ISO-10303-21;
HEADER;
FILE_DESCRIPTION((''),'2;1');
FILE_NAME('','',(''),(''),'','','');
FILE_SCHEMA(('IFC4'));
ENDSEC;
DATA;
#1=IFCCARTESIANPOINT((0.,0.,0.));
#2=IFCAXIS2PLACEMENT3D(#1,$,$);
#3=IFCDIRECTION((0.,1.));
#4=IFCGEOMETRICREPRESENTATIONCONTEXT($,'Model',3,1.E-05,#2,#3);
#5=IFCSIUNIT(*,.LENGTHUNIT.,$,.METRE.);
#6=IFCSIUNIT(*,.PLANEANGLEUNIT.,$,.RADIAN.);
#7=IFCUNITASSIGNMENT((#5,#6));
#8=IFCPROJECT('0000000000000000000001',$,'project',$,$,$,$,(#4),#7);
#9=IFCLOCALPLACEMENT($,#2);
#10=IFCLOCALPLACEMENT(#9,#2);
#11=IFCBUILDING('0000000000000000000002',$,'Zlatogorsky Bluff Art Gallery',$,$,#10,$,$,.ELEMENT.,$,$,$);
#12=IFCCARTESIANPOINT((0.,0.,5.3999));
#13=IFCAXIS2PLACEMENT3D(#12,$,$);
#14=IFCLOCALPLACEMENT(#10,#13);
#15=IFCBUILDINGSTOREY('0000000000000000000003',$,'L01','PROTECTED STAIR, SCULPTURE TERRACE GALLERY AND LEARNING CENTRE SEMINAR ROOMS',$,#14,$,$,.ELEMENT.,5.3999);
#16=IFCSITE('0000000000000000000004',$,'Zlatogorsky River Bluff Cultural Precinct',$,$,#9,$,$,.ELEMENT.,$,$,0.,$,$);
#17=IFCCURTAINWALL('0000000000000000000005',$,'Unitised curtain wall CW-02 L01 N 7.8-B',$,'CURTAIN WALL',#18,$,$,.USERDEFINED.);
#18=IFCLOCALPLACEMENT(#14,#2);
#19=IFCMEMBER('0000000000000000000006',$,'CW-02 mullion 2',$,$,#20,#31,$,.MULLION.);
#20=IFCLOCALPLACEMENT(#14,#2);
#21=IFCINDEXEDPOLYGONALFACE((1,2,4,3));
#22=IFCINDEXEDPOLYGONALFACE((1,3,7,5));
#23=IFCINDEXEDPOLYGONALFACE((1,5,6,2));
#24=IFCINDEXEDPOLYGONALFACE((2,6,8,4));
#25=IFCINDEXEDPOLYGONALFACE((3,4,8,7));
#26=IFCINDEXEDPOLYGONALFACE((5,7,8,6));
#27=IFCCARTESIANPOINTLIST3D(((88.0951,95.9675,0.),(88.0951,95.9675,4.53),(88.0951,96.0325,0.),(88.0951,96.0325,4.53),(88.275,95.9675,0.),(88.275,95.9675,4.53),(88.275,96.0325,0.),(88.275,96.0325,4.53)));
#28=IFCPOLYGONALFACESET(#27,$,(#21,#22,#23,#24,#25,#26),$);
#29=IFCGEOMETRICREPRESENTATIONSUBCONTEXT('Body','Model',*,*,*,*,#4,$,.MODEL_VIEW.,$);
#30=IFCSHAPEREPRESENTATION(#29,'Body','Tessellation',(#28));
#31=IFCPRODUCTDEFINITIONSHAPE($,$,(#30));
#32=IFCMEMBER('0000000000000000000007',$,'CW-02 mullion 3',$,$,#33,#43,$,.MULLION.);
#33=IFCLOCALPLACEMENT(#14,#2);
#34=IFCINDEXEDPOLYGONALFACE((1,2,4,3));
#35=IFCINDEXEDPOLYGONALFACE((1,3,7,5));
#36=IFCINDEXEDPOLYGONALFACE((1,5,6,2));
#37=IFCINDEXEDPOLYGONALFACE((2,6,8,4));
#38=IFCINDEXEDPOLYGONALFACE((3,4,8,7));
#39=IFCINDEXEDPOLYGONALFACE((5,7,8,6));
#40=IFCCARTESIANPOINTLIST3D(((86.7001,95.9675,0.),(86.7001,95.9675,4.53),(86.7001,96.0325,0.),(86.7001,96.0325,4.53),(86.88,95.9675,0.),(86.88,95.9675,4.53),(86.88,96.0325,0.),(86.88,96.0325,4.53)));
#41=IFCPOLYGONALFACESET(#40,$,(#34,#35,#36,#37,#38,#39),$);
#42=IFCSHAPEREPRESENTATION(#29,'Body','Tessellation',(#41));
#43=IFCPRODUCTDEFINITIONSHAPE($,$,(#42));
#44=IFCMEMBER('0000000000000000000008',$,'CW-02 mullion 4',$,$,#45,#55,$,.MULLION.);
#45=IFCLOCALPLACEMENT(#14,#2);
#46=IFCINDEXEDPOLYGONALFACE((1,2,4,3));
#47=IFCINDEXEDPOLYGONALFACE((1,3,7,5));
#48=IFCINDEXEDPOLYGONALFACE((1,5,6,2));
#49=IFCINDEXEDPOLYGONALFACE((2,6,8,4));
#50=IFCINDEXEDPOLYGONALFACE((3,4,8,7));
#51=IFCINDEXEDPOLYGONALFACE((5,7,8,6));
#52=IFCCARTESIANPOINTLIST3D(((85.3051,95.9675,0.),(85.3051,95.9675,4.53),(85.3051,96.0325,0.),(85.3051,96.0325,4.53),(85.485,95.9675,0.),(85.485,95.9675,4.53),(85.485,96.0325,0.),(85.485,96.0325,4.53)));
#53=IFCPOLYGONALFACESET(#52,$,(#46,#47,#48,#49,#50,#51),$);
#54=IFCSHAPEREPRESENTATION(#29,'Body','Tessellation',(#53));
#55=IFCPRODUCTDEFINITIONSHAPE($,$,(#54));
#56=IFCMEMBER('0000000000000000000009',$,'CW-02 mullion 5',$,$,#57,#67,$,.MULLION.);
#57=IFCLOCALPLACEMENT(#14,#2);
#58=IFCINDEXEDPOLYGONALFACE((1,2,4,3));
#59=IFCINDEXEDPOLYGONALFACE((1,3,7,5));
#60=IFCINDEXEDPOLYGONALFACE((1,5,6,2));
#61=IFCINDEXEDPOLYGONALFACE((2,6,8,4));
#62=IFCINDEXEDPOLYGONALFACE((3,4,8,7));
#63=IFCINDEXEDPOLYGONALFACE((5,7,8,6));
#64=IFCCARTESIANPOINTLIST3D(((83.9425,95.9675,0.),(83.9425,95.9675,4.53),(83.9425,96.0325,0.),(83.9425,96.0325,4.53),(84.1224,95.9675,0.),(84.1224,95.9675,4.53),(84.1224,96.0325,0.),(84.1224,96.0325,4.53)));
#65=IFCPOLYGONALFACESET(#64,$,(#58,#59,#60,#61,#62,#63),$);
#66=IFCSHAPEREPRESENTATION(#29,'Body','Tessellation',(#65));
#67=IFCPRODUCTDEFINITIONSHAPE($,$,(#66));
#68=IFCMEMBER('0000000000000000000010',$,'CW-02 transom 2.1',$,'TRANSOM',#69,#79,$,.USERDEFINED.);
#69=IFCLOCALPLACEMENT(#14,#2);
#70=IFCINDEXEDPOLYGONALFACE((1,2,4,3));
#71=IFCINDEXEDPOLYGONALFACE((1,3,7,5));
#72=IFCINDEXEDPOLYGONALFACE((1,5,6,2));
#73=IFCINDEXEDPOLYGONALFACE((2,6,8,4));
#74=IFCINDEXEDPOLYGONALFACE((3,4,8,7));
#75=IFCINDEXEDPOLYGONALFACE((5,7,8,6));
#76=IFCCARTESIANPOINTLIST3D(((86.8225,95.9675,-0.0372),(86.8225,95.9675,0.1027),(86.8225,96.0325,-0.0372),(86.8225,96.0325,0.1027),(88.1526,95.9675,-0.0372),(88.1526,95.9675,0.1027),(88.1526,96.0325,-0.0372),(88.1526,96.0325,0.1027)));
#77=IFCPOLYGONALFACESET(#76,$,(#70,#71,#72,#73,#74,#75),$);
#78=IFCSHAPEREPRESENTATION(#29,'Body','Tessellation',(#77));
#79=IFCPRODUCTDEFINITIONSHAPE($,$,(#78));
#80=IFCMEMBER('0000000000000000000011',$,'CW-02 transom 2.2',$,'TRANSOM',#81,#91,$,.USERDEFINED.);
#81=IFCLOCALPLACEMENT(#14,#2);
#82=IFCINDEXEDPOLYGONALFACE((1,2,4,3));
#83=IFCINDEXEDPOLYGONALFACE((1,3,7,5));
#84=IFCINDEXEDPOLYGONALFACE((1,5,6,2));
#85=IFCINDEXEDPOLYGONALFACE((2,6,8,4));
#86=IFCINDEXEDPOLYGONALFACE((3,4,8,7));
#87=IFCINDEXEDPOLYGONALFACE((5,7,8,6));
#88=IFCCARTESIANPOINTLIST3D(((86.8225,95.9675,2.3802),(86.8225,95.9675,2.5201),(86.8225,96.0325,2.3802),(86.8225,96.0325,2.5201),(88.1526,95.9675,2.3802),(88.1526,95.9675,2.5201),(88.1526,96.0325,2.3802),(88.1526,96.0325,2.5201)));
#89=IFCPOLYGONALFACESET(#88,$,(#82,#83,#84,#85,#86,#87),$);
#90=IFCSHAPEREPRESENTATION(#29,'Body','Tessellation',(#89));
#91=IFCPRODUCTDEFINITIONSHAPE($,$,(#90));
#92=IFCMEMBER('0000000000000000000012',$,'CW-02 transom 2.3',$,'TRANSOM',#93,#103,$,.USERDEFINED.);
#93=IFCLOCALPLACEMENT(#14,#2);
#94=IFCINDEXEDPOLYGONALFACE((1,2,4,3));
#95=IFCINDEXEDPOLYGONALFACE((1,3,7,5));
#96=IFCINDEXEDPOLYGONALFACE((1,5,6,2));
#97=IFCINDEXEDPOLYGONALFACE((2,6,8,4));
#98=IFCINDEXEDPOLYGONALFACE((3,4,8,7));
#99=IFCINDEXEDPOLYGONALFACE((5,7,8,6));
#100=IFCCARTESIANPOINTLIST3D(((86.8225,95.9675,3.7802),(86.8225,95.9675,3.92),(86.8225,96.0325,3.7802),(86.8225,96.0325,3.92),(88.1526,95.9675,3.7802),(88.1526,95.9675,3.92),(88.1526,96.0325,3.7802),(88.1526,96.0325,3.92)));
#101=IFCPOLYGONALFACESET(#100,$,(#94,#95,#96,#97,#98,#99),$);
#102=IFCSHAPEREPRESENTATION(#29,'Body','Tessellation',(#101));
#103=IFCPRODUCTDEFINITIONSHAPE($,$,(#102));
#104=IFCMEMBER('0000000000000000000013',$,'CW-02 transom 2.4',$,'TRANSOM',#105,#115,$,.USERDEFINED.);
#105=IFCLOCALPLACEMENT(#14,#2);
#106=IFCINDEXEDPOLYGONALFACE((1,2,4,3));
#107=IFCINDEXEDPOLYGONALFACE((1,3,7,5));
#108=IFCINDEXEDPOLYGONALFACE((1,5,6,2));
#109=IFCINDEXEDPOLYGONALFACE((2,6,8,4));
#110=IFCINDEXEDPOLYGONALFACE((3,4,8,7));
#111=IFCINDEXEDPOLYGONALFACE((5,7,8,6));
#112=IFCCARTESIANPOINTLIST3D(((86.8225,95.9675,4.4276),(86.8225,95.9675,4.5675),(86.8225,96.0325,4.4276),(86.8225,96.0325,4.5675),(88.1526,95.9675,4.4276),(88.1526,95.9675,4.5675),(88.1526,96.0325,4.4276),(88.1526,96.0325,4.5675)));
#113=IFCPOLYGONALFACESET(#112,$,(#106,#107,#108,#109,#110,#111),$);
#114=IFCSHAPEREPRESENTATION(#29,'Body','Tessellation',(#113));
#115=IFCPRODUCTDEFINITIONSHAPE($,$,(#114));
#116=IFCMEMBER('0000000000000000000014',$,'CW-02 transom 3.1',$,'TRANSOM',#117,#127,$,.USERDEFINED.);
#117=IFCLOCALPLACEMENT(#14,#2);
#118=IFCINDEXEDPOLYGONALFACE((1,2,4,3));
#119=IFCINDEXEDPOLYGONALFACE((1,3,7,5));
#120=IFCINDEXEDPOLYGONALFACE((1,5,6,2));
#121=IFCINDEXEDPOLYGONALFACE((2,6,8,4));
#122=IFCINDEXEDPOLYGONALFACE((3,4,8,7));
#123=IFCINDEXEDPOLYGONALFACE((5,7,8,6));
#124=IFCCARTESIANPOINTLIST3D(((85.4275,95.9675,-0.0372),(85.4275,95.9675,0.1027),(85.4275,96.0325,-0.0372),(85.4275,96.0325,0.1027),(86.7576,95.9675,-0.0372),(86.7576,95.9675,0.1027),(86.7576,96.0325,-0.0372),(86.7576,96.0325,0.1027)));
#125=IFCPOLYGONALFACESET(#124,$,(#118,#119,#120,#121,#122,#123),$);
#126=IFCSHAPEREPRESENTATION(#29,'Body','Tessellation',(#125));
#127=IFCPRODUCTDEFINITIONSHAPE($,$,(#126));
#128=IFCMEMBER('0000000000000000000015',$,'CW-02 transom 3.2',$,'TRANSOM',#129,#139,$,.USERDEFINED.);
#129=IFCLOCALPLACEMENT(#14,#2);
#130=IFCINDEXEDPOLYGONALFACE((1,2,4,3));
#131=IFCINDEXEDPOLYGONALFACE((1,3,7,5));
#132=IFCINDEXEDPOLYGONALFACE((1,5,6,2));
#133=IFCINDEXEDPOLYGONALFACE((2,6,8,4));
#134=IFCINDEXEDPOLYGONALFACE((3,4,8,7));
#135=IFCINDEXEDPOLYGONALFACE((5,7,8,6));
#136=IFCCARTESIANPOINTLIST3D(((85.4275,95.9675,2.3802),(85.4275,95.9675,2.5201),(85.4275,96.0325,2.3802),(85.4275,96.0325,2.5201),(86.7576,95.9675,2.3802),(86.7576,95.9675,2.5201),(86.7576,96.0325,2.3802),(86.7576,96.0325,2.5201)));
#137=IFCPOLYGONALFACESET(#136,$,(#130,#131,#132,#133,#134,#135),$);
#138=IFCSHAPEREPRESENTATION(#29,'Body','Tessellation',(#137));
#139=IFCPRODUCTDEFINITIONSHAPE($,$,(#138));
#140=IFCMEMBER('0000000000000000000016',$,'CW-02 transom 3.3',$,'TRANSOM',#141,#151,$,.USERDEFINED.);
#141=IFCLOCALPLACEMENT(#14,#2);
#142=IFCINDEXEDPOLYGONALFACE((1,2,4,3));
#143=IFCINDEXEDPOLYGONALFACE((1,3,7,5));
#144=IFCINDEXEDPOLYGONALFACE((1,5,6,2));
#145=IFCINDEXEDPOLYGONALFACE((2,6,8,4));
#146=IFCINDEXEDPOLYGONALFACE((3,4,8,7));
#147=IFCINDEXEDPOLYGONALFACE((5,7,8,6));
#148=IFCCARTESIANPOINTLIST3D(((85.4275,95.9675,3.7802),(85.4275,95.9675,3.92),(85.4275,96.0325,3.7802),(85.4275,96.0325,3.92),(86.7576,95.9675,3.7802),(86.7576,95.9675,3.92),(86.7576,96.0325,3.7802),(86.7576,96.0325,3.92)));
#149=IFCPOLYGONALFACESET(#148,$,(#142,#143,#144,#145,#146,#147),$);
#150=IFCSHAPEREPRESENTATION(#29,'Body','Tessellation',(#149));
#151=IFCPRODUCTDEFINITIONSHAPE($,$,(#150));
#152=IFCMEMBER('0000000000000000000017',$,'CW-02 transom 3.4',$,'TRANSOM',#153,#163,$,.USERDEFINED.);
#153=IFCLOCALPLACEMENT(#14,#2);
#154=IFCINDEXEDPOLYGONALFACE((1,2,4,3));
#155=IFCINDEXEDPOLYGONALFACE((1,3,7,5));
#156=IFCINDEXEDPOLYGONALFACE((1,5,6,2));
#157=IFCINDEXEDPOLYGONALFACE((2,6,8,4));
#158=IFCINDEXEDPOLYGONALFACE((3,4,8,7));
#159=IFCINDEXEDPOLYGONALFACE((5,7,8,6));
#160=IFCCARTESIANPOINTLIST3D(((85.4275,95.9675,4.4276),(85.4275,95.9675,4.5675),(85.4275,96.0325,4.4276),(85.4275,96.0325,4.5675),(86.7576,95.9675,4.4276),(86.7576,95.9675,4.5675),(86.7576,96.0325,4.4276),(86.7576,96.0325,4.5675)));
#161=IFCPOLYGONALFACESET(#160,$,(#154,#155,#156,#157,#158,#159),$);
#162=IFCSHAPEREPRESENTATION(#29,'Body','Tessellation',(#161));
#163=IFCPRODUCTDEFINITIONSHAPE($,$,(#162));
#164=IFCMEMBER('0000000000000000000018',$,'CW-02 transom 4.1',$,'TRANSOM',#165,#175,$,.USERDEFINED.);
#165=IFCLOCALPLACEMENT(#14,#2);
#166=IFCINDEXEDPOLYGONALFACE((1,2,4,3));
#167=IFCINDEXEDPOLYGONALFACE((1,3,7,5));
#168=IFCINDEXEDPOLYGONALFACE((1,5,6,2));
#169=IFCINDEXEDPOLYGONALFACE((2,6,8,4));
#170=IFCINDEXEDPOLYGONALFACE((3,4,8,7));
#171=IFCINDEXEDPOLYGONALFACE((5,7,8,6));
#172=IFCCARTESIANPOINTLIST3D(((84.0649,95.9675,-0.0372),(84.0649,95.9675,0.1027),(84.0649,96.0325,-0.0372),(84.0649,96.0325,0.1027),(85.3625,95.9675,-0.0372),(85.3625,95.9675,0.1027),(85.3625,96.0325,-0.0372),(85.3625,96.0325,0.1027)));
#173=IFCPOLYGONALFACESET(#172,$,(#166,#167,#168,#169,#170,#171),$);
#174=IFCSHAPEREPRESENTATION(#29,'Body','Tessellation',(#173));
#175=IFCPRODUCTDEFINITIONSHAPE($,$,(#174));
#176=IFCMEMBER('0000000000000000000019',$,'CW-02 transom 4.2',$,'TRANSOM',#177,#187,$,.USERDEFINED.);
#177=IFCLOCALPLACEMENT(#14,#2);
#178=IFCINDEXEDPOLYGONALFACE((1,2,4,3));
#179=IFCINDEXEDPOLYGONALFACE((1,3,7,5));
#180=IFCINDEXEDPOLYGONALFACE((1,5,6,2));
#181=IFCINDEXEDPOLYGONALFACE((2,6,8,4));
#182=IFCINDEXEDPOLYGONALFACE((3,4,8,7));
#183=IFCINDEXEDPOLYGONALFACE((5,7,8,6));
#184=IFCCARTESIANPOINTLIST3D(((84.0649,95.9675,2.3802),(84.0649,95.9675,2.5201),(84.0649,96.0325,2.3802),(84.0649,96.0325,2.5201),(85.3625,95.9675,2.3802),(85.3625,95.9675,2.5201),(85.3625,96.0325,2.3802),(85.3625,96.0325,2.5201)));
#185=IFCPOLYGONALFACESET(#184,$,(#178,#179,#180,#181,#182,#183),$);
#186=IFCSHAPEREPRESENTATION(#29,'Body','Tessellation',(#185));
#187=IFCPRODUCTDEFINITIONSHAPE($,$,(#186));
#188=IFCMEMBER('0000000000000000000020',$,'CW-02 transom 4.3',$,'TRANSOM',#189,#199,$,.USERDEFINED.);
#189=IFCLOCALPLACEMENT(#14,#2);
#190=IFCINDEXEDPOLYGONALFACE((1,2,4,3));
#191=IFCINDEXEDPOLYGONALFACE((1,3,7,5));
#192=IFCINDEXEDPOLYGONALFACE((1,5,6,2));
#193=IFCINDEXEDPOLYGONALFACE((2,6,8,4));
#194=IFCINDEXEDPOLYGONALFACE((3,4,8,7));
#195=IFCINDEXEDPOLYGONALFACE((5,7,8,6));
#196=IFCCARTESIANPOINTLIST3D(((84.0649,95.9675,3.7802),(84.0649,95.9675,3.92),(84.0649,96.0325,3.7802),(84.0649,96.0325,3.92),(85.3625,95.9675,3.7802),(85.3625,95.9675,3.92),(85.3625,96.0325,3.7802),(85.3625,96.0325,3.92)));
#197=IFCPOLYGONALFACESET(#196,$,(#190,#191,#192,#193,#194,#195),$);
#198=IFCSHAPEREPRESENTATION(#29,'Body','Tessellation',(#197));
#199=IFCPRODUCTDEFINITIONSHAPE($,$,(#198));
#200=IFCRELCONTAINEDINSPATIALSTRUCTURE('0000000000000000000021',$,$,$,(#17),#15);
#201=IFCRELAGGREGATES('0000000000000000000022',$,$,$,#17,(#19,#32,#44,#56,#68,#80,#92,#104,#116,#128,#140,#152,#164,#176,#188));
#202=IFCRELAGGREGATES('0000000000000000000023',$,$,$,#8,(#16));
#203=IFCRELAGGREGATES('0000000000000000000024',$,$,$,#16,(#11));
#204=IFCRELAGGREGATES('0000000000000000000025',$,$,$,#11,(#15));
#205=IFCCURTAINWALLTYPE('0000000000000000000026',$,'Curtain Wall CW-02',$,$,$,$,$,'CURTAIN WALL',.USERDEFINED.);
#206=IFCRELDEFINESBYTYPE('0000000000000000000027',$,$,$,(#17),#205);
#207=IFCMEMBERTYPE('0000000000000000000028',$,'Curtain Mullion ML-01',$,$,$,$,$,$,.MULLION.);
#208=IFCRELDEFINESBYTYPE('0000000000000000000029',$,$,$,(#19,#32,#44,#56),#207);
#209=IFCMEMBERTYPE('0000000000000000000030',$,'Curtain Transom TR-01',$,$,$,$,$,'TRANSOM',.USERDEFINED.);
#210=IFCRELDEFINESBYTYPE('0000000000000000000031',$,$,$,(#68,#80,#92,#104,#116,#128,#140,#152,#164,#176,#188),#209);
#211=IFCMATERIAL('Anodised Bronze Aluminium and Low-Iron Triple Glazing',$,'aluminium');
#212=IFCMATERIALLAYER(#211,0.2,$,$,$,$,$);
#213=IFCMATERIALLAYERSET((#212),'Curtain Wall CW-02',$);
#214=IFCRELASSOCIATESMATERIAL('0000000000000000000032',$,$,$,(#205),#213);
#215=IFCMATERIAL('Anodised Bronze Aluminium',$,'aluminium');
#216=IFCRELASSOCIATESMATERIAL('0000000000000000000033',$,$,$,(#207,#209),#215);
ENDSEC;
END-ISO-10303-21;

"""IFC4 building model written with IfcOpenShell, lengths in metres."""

from ifc_helpers import new_model, si_unit, direction, frame, origin, origin_2d, place, context, subcontext, project, spatial, rectangle, extrude, material, layer, layer_set, material_profile, profile_set, type_object, element, aggregate, save


model = new_model("IFC4")

# Units and contexts
model_context = context("Model", 3, precision=1e-05, world=origin(), true_north=direction((0.0, 1.0)))
body_context = subcontext(model_context, "Body", "Model", "MODEL_VIEW")
ifc_project = project(units=[si_unit("LENGTHUNIT", "METRE"), si_unit("PLANEANGLEUNIT", "RADIAN")], contexts=[model_context])

# Site, building, storey
site_placement = place(None, origin())
site = spatial("IfcSite", under=ifc_project, at=site_placement, Name="Zlatogorsky River Bluff Cultural Precinct", CompositionType="ELEMENT", RefElevation=0.0)
building_placement = place(site_placement, origin())
building = spatial("IfcBuilding", under=site, at=building_placement, Name="Zlatogorsky Bluff Art Gallery", CompositionType="ELEMENT")
storey_placement = place(building_placement, frame((0.0, 0.0, 5.3999)))
storey = spatial("IfcBuildingStorey", under=building, at=storey_placement, Name="L01", Description="PROTECTED STAIR, SCULPTURE TERRACE GALLERY AND LEARNING CENTRE SEMINAR ROOMS", CompositionType="ELEMENT", Elevation=5.3999)

# Curtain wall, members
ifc_material_1 = material(Name="Anodised Bronze Aluminium and Low-Iron Triple Glazing", Category="aluminium")
ifc_layer_1 = layer(ifc_material_1, 0.2)
ifc_layer_set_1 = layer_set([ifc_layer_1], Name="Curtain Wall CW-02")
curtain_wall_type = type_object("IfcCurtainWallType", Name="Curtain Wall CW-02", ElementType="CURTAIN WALL", PredefinedType="USERDEFINED", material=ifc_layer_set_1)
curtain_wall_placement = place(storey_placement, origin())
curtain_wall = element("IfcCurtainWall", 1, at=curtain_wall_placement, inside=storey, type_object=curtain_wall_type, Name="Unitised curtain wall CW-02 L01 N 7.8-B", ObjectType="CURTAIN WALL", PredefinedType="USERDEFINED")
ifc_material_2 = material(Name="Anodised Bronze Aluminium", Category="aluminium")
ifc_material_profile_1 = material_profile(ifc_material_2, rectangle(XDim=0.0649, YDim=0.1799, at=origin_2d()), Name="ALU MULLION 65x180")
ifc_profile_set_1 = profile_set([ifc_material_profile_1], Name="Anodised Bronze Aluminium")
member_type_1 = type_object("IfcMemberType", Name="Curtain Mullion ML-01", PredefinedType="MULLION", material=ifc_profile_set_1)
member_1_placement = place(storey_placement, frame((88.1851, 96.0, 0.0), z_axis=(0.0, 0.0, 1.0), x_axis=(0.0, -1.0, 0.0)))
member_1 = element("IfcMember", 2, at=member_1_placement, type_object=member_type_1, Name="CW-02 mullion 2", PredefinedType="MULLION", context=body_context, shape_type="SweptSolid", body=[
    extrude(rectangle(XDim=0.0649, YDim=0.1799, at=origin_2d()), origin(), (0.0, 0.0, 1.0), 4.53),
])
member_2_placement = place(storey_placement, frame((86.79, 96.0, 0.0), z_axis=(0.0, 0.0, 1.0), x_axis=(0.0, -1.0, 0.0)))
member_2 = element("IfcMember", 3, at=member_2_placement, type_object=member_type_1, Name="CW-02 mullion 3", PredefinedType="MULLION", context=body_context, shape_type="SweptSolid", body=[
    extrude(rectangle(XDim=0.0649, YDim=0.1799, at=origin_2d()), origin(), (0.0, 0.0, 1.0), 4.53),
])
member_3_placement = place(storey_placement, frame((85.395, 96.0, 0.0), z_axis=(0.0, 0.0, 1.0), x_axis=(0.0, -1.0, 0.0)))
member_3 = element("IfcMember", 4, at=member_3_placement, type_object=member_type_1, Name="CW-02 mullion 4", PredefinedType="MULLION", context=body_context, shape_type="SweptSolid", body=[
    extrude(rectangle(XDim=0.0649, YDim=0.1799, at=origin_2d()), origin(), (0.0, 0.0, 1.0), 4.53),
])
member_4_placement = place(storey_placement, frame((84.0325, 96.0, 0.0), z_axis=(0.0, 0.0, 1.0), x_axis=(0.0, -1.0, 0.0)))
member_4 = element("IfcMember", 5, at=member_4_placement, type_object=member_type_1, Name="CW-02 mullion 5", PredefinedType="MULLION", context=body_context, shape_type="SweptSolid", body=[
    extrude(rectangle(XDim=0.0649, YDim=0.1799, at=origin_2d()), origin(), (0.0, 0.0, 1.0), 4.53),
])
ifc_material_profile_2 = material_profile(ifc_material_2, rectangle(XDim=0.0649, YDim=0.1399, at=origin_2d()), Name="ALU TRANSOM 65x140")
ifc_profile_set_2 = profile_set([ifc_material_profile_2], Name="Anodised Bronze Aluminium")
member_type_2 = type_object("IfcMemberType", Name="Curtain Transom TR-01", ElementType="TRANSOM", PredefinedType="USERDEFINED", material=ifc_profile_set_2)
member_5_placement = place(storey_placement, frame((88.1526, 96.0, 0.0327), z_axis=(-1.0, 0.0, 0.0), x_axis=(0.0, -1.0, 0.0)))
member_5 = element("IfcMember", 6, at=member_5_placement, type_object=member_type_2, Name="CW-02 transom 2.1", ObjectType="TRANSOM", PredefinedType="USERDEFINED", context=body_context, shape_type="SweptSolid", body=[
    extrude(rectangle(XDim=0.0649, YDim=0.1399, at=origin_2d()), origin(), (0.0, 0.0, 1.0), 1.3301),
])
member_6_placement = place(storey_placement, frame((88.1526, 96.0, 2.4502), z_axis=(-1.0, 0.0, 0.0), x_axis=(0.0, -1.0, 0.0)))
member_6 = element("IfcMember", 7, at=member_6_placement, type_object=member_type_2, Name="CW-02 transom 2.2", ObjectType="TRANSOM", PredefinedType="USERDEFINED", context=body_context, shape_type="SweptSolid", body=[
    extrude(rectangle(XDim=0.0649, YDim=0.1399, at=origin_2d()), origin(), (0.0, 0.0, 1.0), 1.3301),
])
member_7_placement = place(storey_placement, frame((88.1526, 96.0, 3.8501), z_axis=(-1.0, 0.0, 0.0), x_axis=(0.0, -1.0, 0.0)))
member_7 = element("IfcMember", 8, at=member_7_placement, type_object=member_type_2, Name="CW-02 transom 2.3", ObjectType="TRANSOM", PredefinedType="USERDEFINED", context=body_context, shape_type="SweptSolid", body=[
    extrude(rectangle(XDim=0.0649, YDim=0.1399, at=origin_2d()), origin(), (0.0, 0.0, 1.0), 1.3301),
])
member_8_placement = place(storey_placement, frame((88.1526, 96.0, 4.4976), z_axis=(-1.0, 0.0, 0.0), x_axis=(0.0, -1.0, 0.0)))
member_8 = element("IfcMember", 9, at=member_8_placement, type_object=member_type_2, Name="CW-02 transom 2.4", ObjectType="TRANSOM", PredefinedType="USERDEFINED", context=body_context, shape_type="SweptSolid", body=[
    extrude(rectangle(XDim=0.0649, YDim=0.1399, at=origin_2d()), origin(), (0.0, 0.0, 1.0), 1.3301),
])
member_9_placement = place(storey_placement, frame((86.7576, 96.0, 0.0327), z_axis=(-1.0, 0.0, 0.0), x_axis=(0.0, -1.0, 0.0)))
member_9 = element("IfcMember", 10, at=member_9_placement, type_object=member_type_2, Name="CW-02 transom 3.1", ObjectType="TRANSOM", PredefinedType="USERDEFINED", context=body_context, shape_type="SweptSolid", body=[
    extrude(rectangle(XDim=0.0649, YDim=0.1399, at=origin_2d()), origin(), (0.0, 0.0, 1.0), 1.3301),
])
member_10_placement = place(storey_placement, frame((86.7576, 96.0, 2.4502), z_axis=(-1.0, 0.0, 0.0), x_axis=(0.0, -1.0, 0.0)))
member_10 = element("IfcMember", 11, at=member_10_placement, type_object=member_type_2, Name="CW-02 transom 3.2", ObjectType="TRANSOM", PredefinedType="USERDEFINED", context=body_context, shape_type="SweptSolid", body=[
    extrude(rectangle(XDim=0.0649, YDim=0.1399, at=origin_2d()), origin(), (0.0, 0.0, 1.0), 1.3301),
])
member_11_placement = place(storey_placement, frame((86.7576, 96.0, 3.8501), z_axis=(-1.0, 0.0, 0.0), x_axis=(0.0, -1.0, 0.0)))
member_11 = element("IfcMember", 12, at=member_11_placement, type_object=member_type_2, Name="CW-02 transom 3.3", ObjectType="TRANSOM", PredefinedType="USERDEFINED", context=body_context, shape_type="SweptSolid", body=[
    extrude(rectangle(XDim=0.0649, YDim=0.1399, at=origin_2d()), origin(), (0.0, 0.0, 1.0), 1.3301),
])
member_12_placement = place(storey_placement, frame((86.7576, 96.0, 4.4976), z_axis=(-1.0, 0.0, 0.0), x_axis=(0.0, -1.0, 0.0)))
member_12 = element("IfcMember", 13, at=member_12_placement, type_object=member_type_2, Name="CW-02 transom 3.4", ObjectType="TRANSOM", PredefinedType="USERDEFINED", context=body_context, shape_type="SweptSolid", body=[
    extrude(rectangle(XDim=0.0649, YDim=0.1399, at=origin_2d()), origin(), (0.0, 0.0, 1.0), 1.3301),
])
member_13_placement = place(storey_placement, frame((85.3625, 96.0, 0.0327), z_axis=(-1.0, 0.0, 0.0), x_axis=(0.0, -1.0, 0.0)))
member_13 = element("IfcMember", 14, at=member_13_placement, type_object=member_type_2, Name="CW-02 transom 4.1", ObjectType="TRANSOM", PredefinedType="USERDEFINED", context=body_context, shape_type="SweptSolid", body=[
    extrude(rectangle(XDim=0.0649, YDim=0.1399, at=origin_2d()), origin(), (0.0, 0.0, 1.0), 1.2976),
])
member_14_placement = place(storey_placement, frame((85.3625, 96.0, 2.4502), z_axis=(-1.0, 0.0, 0.0), x_axis=(0.0, -1.0, 0.0)))
member_14 = element("IfcMember", 15, at=member_14_placement, type_object=member_type_2, Name="CW-02 transom 4.2", ObjectType="TRANSOM", PredefinedType="USERDEFINED", context=body_context, shape_type="SweptSolid", body=[
    extrude(rectangle(XDim=0.0649, YDim=0.1399, at=origin_2d()), origin(), (0.0, 0.0, 1.0), 1.2976),
])
member_15_placement = place(storey_placement, frame((85.3625, 96.0, 3.8501), z_axis=(-1.0, 0.0, 0.0), x_axis=(0.0, -1.0, 0.0)))
member_15 = element("IfcMember", 16, at=member_15_placement, type_object=member_type_2, Name="CW-02 transom 4.3", ObjectType="TRANSOM", PredefinedType="USERDEFINED", context=body_context, shape_type="SweptSolid", body=[
    extrude(rectangle(XDim=0.0649, YDim=0.1399, at=origin_2d()), origin(), (0.0, 0.0, 1.0), 1.2976),
])
aggregate(curtain_wall, [member_1, member_2, member_3, member_4, member_5, member_6, member_7, member_8, member_9, member_10, member_11, member_12, member_13, member_14, member_15])

save(model, "model.ifc")
